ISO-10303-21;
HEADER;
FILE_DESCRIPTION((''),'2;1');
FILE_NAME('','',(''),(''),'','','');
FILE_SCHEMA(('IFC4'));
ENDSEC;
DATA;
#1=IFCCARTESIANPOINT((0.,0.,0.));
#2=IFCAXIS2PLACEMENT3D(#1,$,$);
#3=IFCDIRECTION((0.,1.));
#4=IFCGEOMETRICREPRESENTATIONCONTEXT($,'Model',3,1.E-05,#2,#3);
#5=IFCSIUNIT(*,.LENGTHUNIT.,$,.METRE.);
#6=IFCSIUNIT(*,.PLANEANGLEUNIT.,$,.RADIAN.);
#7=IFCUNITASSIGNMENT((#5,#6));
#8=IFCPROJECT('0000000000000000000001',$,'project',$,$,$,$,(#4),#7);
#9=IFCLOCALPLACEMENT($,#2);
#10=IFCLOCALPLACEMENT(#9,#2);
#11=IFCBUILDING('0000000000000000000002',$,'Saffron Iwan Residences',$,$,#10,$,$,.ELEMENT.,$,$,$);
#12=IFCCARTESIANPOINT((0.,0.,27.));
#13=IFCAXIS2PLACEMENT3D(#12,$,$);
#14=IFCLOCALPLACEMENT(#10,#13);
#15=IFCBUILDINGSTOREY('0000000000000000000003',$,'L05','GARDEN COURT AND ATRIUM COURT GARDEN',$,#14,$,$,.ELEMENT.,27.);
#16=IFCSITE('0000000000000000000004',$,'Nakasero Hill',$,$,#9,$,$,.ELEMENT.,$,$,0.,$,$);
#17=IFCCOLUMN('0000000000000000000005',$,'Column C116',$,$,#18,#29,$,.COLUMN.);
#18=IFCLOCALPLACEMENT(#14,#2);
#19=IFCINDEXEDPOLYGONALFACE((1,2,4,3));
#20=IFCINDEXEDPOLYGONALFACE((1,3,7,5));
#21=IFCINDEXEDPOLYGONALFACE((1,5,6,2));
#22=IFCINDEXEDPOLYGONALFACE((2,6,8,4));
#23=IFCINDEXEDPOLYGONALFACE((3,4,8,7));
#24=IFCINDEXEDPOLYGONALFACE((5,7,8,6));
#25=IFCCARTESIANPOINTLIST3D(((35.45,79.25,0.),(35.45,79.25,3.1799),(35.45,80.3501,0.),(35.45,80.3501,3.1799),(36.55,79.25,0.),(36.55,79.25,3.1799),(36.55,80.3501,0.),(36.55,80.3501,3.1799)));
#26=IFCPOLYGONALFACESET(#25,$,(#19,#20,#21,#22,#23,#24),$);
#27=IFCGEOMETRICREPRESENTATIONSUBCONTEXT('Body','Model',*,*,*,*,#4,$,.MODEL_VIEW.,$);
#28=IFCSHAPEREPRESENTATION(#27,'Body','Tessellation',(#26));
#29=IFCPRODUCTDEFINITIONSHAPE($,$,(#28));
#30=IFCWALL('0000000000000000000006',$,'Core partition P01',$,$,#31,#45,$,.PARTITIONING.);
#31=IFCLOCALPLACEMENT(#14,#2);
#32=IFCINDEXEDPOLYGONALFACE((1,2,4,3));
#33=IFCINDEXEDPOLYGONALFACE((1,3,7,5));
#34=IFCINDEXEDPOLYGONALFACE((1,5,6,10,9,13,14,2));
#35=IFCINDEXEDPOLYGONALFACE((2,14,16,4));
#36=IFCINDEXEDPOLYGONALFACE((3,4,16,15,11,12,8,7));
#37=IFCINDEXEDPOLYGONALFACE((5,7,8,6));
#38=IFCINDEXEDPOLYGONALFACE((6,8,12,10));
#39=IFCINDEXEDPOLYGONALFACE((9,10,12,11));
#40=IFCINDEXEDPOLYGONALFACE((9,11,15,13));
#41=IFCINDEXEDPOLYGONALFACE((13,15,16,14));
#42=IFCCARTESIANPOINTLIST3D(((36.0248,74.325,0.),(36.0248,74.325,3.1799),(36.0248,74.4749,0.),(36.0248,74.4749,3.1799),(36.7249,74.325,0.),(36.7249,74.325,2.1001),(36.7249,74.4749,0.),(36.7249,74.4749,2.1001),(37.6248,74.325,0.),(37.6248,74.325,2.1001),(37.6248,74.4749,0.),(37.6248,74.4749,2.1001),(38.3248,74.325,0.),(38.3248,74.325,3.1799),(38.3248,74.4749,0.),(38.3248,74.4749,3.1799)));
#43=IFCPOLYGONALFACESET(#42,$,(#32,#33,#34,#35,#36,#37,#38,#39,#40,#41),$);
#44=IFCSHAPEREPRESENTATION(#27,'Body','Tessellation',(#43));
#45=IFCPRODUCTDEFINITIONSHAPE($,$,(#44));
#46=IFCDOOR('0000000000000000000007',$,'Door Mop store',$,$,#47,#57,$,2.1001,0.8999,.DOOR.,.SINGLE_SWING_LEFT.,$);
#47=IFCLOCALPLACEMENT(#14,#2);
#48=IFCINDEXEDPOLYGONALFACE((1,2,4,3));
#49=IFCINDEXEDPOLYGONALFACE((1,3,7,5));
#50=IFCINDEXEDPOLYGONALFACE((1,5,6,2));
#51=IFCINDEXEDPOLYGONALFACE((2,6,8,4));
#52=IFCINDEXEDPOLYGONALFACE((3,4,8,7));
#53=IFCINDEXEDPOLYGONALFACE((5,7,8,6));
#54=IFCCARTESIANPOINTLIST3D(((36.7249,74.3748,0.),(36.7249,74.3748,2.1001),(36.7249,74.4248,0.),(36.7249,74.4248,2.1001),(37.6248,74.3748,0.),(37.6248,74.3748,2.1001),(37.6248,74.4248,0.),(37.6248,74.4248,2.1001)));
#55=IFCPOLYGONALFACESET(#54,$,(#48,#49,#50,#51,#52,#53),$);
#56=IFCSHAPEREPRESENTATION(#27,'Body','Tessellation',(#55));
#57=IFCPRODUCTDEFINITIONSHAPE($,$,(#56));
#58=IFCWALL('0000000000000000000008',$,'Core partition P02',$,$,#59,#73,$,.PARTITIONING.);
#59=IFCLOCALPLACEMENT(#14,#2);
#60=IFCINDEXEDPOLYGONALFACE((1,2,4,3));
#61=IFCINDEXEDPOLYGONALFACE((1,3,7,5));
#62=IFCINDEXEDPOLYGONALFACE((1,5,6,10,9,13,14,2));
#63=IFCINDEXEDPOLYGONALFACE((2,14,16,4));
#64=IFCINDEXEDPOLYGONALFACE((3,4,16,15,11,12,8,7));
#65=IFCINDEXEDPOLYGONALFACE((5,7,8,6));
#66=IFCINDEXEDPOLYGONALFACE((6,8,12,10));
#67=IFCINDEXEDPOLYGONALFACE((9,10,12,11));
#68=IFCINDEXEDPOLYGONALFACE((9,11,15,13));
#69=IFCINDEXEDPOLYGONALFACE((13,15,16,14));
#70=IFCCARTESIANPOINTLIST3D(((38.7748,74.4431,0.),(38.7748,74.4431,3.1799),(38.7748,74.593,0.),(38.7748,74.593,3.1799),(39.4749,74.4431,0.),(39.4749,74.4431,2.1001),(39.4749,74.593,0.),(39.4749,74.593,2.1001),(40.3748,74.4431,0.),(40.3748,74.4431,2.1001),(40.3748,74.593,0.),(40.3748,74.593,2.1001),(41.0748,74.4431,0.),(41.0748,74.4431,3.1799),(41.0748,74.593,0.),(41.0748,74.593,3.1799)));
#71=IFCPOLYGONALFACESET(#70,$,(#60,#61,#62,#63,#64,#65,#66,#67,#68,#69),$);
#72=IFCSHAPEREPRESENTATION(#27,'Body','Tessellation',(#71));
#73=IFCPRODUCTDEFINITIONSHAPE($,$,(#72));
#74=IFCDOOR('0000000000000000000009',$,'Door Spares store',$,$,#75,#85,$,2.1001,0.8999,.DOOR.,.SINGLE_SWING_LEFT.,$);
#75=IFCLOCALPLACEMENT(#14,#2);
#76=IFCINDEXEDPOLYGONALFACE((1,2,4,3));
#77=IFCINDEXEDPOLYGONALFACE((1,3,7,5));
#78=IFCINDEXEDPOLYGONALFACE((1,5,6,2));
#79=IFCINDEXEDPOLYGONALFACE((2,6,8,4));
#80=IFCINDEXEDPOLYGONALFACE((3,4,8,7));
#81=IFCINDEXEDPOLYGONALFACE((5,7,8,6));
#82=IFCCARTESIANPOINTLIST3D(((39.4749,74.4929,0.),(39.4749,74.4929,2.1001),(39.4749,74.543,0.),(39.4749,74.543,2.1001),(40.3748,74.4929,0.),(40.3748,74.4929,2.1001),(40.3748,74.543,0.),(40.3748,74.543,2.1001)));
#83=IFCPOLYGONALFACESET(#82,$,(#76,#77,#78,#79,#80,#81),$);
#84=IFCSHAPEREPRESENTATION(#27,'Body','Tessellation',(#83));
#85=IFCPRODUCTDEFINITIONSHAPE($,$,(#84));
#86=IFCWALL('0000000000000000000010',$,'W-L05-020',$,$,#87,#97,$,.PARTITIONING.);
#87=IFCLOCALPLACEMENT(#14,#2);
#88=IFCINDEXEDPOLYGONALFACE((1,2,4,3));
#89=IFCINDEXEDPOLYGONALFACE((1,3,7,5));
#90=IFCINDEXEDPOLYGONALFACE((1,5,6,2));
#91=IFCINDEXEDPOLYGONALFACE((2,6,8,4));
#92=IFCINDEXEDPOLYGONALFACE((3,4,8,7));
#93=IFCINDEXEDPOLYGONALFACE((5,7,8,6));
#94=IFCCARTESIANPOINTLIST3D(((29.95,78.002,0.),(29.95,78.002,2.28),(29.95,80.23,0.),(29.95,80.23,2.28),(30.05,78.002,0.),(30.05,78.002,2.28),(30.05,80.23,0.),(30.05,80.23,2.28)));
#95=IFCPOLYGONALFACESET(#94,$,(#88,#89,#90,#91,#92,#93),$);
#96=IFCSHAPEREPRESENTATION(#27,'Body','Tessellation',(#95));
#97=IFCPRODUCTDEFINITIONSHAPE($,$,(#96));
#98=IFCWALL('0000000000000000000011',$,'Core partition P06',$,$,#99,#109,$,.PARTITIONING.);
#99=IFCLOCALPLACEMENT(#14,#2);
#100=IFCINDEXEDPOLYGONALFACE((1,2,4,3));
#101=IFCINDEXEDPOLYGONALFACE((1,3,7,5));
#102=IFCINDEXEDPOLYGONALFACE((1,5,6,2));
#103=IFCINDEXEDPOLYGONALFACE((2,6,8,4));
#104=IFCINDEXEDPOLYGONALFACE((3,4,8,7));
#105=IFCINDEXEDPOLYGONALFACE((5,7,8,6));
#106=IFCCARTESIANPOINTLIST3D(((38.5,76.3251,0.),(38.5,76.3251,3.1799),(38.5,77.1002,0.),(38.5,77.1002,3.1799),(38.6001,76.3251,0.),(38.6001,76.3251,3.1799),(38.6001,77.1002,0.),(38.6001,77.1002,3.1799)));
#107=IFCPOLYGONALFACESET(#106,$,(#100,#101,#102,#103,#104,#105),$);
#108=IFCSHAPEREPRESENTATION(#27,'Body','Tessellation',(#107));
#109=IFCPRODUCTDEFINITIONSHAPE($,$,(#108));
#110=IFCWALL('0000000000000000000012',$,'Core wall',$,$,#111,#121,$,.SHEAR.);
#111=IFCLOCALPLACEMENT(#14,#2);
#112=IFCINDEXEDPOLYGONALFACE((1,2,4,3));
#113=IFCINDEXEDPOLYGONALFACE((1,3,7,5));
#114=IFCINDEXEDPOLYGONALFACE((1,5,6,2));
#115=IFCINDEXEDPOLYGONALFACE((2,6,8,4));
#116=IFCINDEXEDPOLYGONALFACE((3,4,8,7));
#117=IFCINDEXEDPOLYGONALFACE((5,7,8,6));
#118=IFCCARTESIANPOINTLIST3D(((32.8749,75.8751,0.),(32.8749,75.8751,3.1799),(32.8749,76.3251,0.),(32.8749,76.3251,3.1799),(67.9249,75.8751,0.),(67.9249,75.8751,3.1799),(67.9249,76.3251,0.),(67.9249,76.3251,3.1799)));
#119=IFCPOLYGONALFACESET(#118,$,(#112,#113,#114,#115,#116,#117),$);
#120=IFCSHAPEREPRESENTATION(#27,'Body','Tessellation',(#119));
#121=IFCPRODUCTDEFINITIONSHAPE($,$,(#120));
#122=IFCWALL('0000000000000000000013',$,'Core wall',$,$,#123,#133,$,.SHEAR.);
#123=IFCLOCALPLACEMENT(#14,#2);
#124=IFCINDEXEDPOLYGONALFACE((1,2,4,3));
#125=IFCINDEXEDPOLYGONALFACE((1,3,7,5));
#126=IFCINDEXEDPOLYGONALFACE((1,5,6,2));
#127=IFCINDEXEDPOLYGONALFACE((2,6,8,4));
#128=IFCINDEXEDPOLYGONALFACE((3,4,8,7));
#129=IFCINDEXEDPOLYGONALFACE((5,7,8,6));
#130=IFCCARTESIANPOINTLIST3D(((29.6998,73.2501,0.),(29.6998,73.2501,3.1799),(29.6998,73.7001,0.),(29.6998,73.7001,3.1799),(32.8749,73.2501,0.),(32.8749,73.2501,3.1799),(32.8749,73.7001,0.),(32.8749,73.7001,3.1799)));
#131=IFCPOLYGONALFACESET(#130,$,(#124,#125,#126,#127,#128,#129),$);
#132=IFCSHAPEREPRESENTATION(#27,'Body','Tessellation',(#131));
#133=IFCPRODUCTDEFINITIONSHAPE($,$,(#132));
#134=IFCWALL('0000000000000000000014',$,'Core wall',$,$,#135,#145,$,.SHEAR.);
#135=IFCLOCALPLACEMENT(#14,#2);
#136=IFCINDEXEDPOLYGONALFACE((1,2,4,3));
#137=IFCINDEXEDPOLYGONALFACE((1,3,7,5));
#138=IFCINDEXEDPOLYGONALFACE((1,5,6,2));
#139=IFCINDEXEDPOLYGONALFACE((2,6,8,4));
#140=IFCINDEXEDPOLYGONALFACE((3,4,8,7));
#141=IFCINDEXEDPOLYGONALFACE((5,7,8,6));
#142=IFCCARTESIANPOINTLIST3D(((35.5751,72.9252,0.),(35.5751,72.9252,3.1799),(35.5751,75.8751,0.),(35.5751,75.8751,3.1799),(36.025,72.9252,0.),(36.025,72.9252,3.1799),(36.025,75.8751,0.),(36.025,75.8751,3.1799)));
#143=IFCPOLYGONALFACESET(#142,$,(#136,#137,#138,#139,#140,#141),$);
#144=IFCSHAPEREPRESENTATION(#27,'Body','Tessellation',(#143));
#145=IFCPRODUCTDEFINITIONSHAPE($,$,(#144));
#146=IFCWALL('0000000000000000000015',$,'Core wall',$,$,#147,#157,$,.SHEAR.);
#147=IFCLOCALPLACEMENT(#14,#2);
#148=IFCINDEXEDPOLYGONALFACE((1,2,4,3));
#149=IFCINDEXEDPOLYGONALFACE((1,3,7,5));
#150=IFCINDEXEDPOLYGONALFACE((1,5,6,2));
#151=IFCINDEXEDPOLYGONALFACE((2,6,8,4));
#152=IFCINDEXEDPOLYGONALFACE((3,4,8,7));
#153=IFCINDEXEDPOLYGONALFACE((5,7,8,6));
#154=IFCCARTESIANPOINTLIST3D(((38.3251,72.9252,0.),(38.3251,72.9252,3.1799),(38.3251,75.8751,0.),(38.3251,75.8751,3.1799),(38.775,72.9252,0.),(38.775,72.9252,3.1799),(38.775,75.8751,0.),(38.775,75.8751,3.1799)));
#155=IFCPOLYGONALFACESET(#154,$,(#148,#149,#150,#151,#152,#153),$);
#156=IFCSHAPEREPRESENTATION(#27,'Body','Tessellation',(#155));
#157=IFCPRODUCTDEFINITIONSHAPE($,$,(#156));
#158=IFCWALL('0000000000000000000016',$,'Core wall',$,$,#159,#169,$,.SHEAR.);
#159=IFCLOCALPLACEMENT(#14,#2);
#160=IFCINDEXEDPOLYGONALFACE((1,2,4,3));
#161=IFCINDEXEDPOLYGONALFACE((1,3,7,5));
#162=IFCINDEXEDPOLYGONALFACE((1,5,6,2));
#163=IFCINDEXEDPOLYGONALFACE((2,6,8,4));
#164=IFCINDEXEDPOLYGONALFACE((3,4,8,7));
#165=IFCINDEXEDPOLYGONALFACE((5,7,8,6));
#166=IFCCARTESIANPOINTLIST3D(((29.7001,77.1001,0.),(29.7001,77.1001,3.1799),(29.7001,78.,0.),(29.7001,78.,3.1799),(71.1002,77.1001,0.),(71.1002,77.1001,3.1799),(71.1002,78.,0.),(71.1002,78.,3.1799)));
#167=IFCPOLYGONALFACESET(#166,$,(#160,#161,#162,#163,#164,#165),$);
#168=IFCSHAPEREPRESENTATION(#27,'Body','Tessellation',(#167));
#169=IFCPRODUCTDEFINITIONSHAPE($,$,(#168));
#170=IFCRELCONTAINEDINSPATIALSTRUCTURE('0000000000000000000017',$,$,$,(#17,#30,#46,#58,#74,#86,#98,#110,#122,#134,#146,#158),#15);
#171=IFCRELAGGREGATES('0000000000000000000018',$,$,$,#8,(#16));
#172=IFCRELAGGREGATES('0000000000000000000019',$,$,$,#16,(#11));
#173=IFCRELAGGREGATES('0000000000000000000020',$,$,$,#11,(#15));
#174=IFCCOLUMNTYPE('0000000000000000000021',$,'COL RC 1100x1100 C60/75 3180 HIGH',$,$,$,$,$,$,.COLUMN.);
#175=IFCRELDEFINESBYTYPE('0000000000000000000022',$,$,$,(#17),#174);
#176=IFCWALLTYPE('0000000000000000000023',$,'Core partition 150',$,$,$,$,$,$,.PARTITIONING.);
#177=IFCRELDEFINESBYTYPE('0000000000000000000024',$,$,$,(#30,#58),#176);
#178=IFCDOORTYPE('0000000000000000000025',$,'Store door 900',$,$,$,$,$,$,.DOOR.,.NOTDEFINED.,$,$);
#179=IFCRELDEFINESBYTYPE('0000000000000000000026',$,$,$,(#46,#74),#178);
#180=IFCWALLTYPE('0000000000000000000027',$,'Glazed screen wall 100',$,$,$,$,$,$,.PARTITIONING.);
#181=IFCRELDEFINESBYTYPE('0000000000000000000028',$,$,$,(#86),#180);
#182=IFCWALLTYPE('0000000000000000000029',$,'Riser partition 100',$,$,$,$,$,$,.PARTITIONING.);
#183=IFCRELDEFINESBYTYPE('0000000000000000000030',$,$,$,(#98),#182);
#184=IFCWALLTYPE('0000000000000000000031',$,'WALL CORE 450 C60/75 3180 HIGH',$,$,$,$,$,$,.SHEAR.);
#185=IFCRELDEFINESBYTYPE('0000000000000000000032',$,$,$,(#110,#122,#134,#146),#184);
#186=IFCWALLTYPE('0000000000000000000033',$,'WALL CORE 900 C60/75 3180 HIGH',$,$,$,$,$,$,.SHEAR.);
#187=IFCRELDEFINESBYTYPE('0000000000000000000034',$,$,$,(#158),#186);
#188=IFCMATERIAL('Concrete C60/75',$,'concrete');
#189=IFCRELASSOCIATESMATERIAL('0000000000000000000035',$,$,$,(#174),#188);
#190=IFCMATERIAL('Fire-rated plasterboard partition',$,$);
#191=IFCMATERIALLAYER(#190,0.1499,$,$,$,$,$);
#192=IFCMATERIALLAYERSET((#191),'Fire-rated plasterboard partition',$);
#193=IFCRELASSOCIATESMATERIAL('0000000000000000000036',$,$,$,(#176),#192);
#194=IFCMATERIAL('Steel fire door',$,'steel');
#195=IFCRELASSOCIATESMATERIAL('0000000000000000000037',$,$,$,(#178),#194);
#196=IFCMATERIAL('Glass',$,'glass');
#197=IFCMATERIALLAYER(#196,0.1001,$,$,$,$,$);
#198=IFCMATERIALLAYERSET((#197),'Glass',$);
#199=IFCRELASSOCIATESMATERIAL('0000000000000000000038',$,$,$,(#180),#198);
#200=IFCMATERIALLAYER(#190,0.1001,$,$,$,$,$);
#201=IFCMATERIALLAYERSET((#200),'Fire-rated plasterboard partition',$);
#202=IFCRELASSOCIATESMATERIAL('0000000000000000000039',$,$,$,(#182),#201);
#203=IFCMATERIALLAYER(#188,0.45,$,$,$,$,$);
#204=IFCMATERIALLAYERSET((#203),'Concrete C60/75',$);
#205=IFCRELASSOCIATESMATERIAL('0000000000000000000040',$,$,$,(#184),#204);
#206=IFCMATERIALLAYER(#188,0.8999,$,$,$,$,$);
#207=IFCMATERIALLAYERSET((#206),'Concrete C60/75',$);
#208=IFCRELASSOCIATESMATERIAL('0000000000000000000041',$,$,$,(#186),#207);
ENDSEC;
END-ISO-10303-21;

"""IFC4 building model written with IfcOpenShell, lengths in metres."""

from ifc_helpers import new_model, si_unit, direction, frame, frame_2d, origin, origin_2d, place, context, subcontext, project, spatial, rectangle, extrude, source, transform, mapped, material, layer, layer_set, material_profile, profile_set, type_object, element, fill, save


model = new_model("IFC4")

# Units and contexts
model_context = context("Model", 3, precision=1e-05, world=origin(), true_north=direction((0.0, 1.0)))
body_context = subcontext(model_context, "Body", "Model", "MODEL_VIEW")
ifc_project = project(units=[si_unit("LENGTHUNIT", "METRE"), si_unit("PLANEANGLEUNIT", "RADIAN")], contexts=[model_context])

# Site, building, storey
site_placement = place(None, origin())
site = spatial("IfcSite", under=ifc_project, at=site_placement, Name="Nakasero Hill", CompositionType="ELEMENT", RefElevation=0.0)
building_placement = place(site_placement, origin())
building = spatial("IfcBuilding", under=site, at=building_placement, Name="Saffron Iwan Residences", CompositionType="ELEMENT")
storey_placement = place(building_placement, frame((0.0, 0.0, 27.0)))
storey = spatial("IfcBuildingStorey", under=building, at=storey_placement, Name="L05", Description="GARDEN COURT AND ATRIUM COURT GARDEN", CompositionType="ELEMENT", Elevation=27.0)

# Column
ifc_material_1 = material(Name="Concrete C60/75", Category="concrete")
ifc_material_profile = material_profile(ifc_material_1, rectangle(XDim=1.1001, YDim=1.1001, at=origin_2d()), Name="RC 1100x1100")
ifc_profile_set = profile_set([ifc_material_profile], Name="Concrete C60/75")
column_type = type_object("IfcColumnType", Name="COL RC 1100x1100 C60/75 3180 HIGH", PredefinedType="COLUMN", material=ifc_profile_set)
shared_shape = source(origin(), body_context, "Body", "SweptSolid", [
    extrude(rectangle(XDim=1.1001, YDim=1.1001, at=origin_2d()), origin(), (0.0, 0.0, 1.0), 3.1799),
])
column_placement = place(storey_placement, frame((36.0, 79.8, 0.0), z_axis=(0.0, 0.0, 1.0), x_axis=(1.0, 0.0, 0.0)))
element("IfcColumn", 1, at=column_placement, inside=storey, type_object=column_type, Name="Column C116", PredefinedType="COLUMN", context=body_context, shape_type="MappedRepresentation", body=[
    mapped(shared_shape, transform((0.0, 0.0, 0.0))),
])

# Walls, openings, doors
ifc_material_2 = material(Name="Fire-rated plasterboard partition")
ifc_layer_1 = layer(ifc_material_2, 0.1499)
ifc_layer_set_1 = layer_set([ifc_layer_1], Name="Fire-rated plasterboard partition")
wall_type_1 = type_object("IfcWallType", Name="Core partition 150", PredefinedType="PARTITIONING", material=ifc_layer_set_1)
wall_1_placement = place(storey_placement, frame((36.0249, 74.3999, 0.0), z_axis=(0.0, 0.0, 1.0), x_axis=(1.0, 0.0, 0.0)))
wall_1 = element("IfcWall", 2, at=wall_1_placement, inside=storey, type_object=wall_type_1, Name="Core partition P01", PredefinedType="PARTITIONING", context=body_context, shape_type="SweptSolid", body=[
    extrude(rectangle(XDim=2.3, YDim=0.1499, at=frame_2d((1.1499, 0.0))), origin(), (0.0, 0.0, 1.0), 3.1799),
])
opening_1_placement = place(wall_1_placement, frame((0.7, 0.0, 0.0)))
opening_1 = element("IfcOpeningElement", 3, at=opening_1_placement, cuts=wall_1, PredefinedType="OPENING", context=body_context, shape_type="SweptSolid", body=[
    extrude(rectangle(XDim=0.8999, YDim=2.1001, at=frame_2d((0.45, 1.05))), frame((0.0, 0.085, 0.0), z_axis=(0.0, -1.0, 0.0), x_axis=(1.0, 0.0, 0.0)), (0.0, 0.0, 1.0), 0.1699),
])
ifc_material_3 = material(Name="Steel fire door", Category="steel")
door_type_1 = type_object("IfcDoorType", Name="Store door 900", OperationType="NOTDEFINED", PredefinedType="DOOR", material=ifc_material_3)
door_1_placement = place(opening_1_placement, origin())
door_1 = element("IfcDoor", 4, at=door_1_placement, inside=storey, type_object=door_type_1, Name="Door Mop store", OperationType="SINGLE_SWING_LEFT", OverallHeight=2.1001, OverallWidth=0.8999, PredefinedType="DOOR", context=body_context, shape_type="SweptSolid", body=[
    extrude(rectangle(XDim=0.8999, YDim=2.1001, at=frame_2d((0.45, 1.05))), frame((0.0, 0.0249, 0.0), z_axis=(0.0, -1.0, 0.0), x_axis=(1.0, 0.0, 0.0)), (0.0, 0.0, 1.0), 0.05),
])
fill(opening_1, door_1)
wall_2_placement = place(storey_placement, frame((38.7749, 74.5181, 0.0), z_axis=(0.0, 0.0, 1.0), x_axis=(1.0, 0.0, 0.0)))
wall_2 = element("IfcWall", 5, at=wall_2_placement, inside=storey, type_object=wall_type_1, Name="Core partition P02", PredefinedType="PARTITIONING", context=body_context, shape_type="SweptSolid", body=[
    extrude(rectangle(XDim=2.3, YDim=0.1499, at=frame_2d((1.1499, 0.0))), origin(), (0.0, 0.0, 1.0), 3.1799),
])
opening_2_placement = place(wall_2_placement, frame((0.7, 0.0, 0.0)))
opening_2 = element("IfcOpeningElement", 6, at=opening_2_placement, cuts=wall_2, PredefinedType="OPENING", context=body_context, shape_type="SweptSolid", body=[
    extrude(rectangle(XDim=0.8999, YDim=2.1001, at=frame_2d((0.45, 1.05))), frame((0.0, 0.085, 0.0), z_axis=(0.0, -1.0, 0.0), x_axis=(1.0, 0.0, 0.0)), (0.0, 0.0, 1.0), 0.1699),
])
door_2_placement = place(opening_2_placement, origin())
door_2 = element("IfcDoor", 7, at=door_2_placement, inside=storey, type_object=door_type_1, Name="Door Spares store", OperationType="SINGLE_SWING_LEFT", OverallHeight=2.1001, OverallWidth=0.8999, PredefinedType="DOOR", context=body_context, shape_type="SweptSolid", body=[
    extrude(rectangle(XDim=0.8999, YDim=2.1001, at=frame_2d((0.45, 1.05))), frame((0.0, 0.0249, 0.0), z_axis=(0.0, -1.0, 0.0), x_axis=(1.0, 0.0, 0.0)), (0.0, 0.0, 1.0), 0.05),
])
fill(opening_2, door_2)

# Walls
ifc_material_4 = material(Name="Glass", Category="glass")
ifc_layer_2 = layer(ifc_material_4, 0.1001)
ifc_layer_set_2 = layer_set([ifc_layer_2], Name="Glass")
wall_type_2 = type_object("IfcWallType", Name="Glazed screen wall 100", PredefinedType="PARTITIONING", material=ifc_layer_set_2)
wall_3_placement = place(storey_placement, frame((30.0, 78.002, 0.0), z_axis=(0.0, 0.0, 1.0), x_axis=(0.0, 1.0, 0.0)))
element("IfcWall", 8, at=wall_3_placement, inside=storey, type_object=wall_type_2, Name="W-L05-020", PredefinedType="PARTITIONING", context=body_context, shape_type="SweptSolid", body=[
    extrude(rectangle(XDim=2.228, YDim=0.1001, at=frame_2d((1.114, 0.0))), origin(), (0.0, 0.0, 1.0), 2.28),
])
ifc_layer_3 = layer(ifc_material_2, 0.1001)
ifc_layer_set_3 = layer_set([ifc_layer_3], Name="Fire-rated plasterboard partition")
wall_type_3 = type_object("IfcWallType", Name="Riser partition 100", PredefinedType="PARTITIONING", material=ifc_layer_set_3)
wall_4_placement = place(storey_placement, frame((38.55, 76.325, 0.0), z_axis=(0.0, 0.0, 1.0), x_axis=(0.0, 1.0, 0.0)))
element("IfcWall", 9, at=wall_4_placement, inside=storey, type_object=wall_type_3, Name="Core partition P06", PredefinedType="PARTITIONING", context=body_context, shape_type="SweptSolid", body=[
    extrude(rectangle(XDim=0.7751, YDim=0.1001, at=frame_2d((0.3877, 0.0))), origin(), (0.0, 0.0, 1.0), 3.1799),
])

# Shared definitions
ifc_layer_4 = layer(ifc_material_1, 0.45)
ifc_layer_set_4 = layer_set([ifc_layer_4], Name="Concrete C60/75")
wall_type_4 = type_object("IfcWallType", Name="WALL CORE 450 C60/75 3180 HIGH", PredefinedType="SHEAR", material=ifc_layer_set_4)

# Walls
wall_5_placement = place(storey_placement, frame((32.875, 76.1001, 0.0), z_axis=(0.0, 0.0, 1.0), x_axis=(1.0, 0.0, 0.0)))
element("IfcWall", 10, at=wall_5_placement, inside=storey, type_object=wall_type_4, Name="Core wall", PredefinedType="SHEAR", context=body_context, shape_type="SweptSolid", body=[
    extrude(rectangle(XDim=35.05, YDim=0.45, at=frame_2d((17.5249, 0.0))), origin(), (0.0, 0.0, 1.0), 3.1799),
])
wall_6_placement = place(storey_placement, frame((29.7, 73.4751, 0.0), z_axis=(0.0, 0.0, 1.0), x_axis=(1.0, 0.0, 0.0)))
element("IfcWall", 11, at=wall_6_placement, inside=storey, type_object=wall_type_4, Name="Core wall", PredefinedType="SHEAR", context=body_context, shape_type="SweptSolid", body=[
    extrude(rectangle(XDim=3.175, YDim=0.45, at=frame_2d((1.5874, 0.0))), origin(), (0.0, 0.0, 1.0), 3.1799),
])
for number, where, z_axis, x_axis, name in (
    (12, (35.8, 72.925, 0.0), (0.0, 0.0, 1.0), (0.0, 1.0, 0.0), "Core wall"),
    (13, (38.55, 72.925, 0.0), (0.0, 0.0, 1.0), (0.0, 1.0, 0.0), "Core wall"),
):
    element("IfcWall", number, at=place(storey_placement, frame(where, z_axis=z_axis, x_axis=x_axis)), inside=storey, type_object=wall_type_4, Name=name, PredefinedType="SHEAR", context=body_context, shape_type="SweptSolid", body=[
        extrude(rectangle(XDim=2.95, YDim=0.45, at=frame_2d((1.4751, 0.0))), origin(), (0.0, 0.0, 1.0), 3.1799),
    ])
ifc_layer_5 = layer(ifc_material_1, 0.8999)
ifc_layer_set_5 = layer_set([ifc_layer_5], Name="Concrete C60/75")
wall_type_5 = type_object("IfcWallType", Name="WALL CORE 900 C60/75 3180 HIGH", PredefinedType="SHEAR", material=ifc_layer_set_5)
wall_7_placement = place(storey_placement, frame((29.7, 77.55, 0.0), z_axis=(0.0, 0.0, 1.0), x_axis=(1.0, 0.0, 0.0)))
element("IfcWall", 14, at=wall_7_placement, inside=storey, type_object=wall_type_5, Name="Core wall", PredefinedType="SHEAR", context=body_context, shape_type="SweptSolid", body=[
    extrude(rectangle(XDim=41.4001, YDim=0.8999, at=frame_2d((20.7002, 0.0))), origin(), (0.0, 0.0, 1.0), 3.1799),
])

save(model, "model.ifc")
